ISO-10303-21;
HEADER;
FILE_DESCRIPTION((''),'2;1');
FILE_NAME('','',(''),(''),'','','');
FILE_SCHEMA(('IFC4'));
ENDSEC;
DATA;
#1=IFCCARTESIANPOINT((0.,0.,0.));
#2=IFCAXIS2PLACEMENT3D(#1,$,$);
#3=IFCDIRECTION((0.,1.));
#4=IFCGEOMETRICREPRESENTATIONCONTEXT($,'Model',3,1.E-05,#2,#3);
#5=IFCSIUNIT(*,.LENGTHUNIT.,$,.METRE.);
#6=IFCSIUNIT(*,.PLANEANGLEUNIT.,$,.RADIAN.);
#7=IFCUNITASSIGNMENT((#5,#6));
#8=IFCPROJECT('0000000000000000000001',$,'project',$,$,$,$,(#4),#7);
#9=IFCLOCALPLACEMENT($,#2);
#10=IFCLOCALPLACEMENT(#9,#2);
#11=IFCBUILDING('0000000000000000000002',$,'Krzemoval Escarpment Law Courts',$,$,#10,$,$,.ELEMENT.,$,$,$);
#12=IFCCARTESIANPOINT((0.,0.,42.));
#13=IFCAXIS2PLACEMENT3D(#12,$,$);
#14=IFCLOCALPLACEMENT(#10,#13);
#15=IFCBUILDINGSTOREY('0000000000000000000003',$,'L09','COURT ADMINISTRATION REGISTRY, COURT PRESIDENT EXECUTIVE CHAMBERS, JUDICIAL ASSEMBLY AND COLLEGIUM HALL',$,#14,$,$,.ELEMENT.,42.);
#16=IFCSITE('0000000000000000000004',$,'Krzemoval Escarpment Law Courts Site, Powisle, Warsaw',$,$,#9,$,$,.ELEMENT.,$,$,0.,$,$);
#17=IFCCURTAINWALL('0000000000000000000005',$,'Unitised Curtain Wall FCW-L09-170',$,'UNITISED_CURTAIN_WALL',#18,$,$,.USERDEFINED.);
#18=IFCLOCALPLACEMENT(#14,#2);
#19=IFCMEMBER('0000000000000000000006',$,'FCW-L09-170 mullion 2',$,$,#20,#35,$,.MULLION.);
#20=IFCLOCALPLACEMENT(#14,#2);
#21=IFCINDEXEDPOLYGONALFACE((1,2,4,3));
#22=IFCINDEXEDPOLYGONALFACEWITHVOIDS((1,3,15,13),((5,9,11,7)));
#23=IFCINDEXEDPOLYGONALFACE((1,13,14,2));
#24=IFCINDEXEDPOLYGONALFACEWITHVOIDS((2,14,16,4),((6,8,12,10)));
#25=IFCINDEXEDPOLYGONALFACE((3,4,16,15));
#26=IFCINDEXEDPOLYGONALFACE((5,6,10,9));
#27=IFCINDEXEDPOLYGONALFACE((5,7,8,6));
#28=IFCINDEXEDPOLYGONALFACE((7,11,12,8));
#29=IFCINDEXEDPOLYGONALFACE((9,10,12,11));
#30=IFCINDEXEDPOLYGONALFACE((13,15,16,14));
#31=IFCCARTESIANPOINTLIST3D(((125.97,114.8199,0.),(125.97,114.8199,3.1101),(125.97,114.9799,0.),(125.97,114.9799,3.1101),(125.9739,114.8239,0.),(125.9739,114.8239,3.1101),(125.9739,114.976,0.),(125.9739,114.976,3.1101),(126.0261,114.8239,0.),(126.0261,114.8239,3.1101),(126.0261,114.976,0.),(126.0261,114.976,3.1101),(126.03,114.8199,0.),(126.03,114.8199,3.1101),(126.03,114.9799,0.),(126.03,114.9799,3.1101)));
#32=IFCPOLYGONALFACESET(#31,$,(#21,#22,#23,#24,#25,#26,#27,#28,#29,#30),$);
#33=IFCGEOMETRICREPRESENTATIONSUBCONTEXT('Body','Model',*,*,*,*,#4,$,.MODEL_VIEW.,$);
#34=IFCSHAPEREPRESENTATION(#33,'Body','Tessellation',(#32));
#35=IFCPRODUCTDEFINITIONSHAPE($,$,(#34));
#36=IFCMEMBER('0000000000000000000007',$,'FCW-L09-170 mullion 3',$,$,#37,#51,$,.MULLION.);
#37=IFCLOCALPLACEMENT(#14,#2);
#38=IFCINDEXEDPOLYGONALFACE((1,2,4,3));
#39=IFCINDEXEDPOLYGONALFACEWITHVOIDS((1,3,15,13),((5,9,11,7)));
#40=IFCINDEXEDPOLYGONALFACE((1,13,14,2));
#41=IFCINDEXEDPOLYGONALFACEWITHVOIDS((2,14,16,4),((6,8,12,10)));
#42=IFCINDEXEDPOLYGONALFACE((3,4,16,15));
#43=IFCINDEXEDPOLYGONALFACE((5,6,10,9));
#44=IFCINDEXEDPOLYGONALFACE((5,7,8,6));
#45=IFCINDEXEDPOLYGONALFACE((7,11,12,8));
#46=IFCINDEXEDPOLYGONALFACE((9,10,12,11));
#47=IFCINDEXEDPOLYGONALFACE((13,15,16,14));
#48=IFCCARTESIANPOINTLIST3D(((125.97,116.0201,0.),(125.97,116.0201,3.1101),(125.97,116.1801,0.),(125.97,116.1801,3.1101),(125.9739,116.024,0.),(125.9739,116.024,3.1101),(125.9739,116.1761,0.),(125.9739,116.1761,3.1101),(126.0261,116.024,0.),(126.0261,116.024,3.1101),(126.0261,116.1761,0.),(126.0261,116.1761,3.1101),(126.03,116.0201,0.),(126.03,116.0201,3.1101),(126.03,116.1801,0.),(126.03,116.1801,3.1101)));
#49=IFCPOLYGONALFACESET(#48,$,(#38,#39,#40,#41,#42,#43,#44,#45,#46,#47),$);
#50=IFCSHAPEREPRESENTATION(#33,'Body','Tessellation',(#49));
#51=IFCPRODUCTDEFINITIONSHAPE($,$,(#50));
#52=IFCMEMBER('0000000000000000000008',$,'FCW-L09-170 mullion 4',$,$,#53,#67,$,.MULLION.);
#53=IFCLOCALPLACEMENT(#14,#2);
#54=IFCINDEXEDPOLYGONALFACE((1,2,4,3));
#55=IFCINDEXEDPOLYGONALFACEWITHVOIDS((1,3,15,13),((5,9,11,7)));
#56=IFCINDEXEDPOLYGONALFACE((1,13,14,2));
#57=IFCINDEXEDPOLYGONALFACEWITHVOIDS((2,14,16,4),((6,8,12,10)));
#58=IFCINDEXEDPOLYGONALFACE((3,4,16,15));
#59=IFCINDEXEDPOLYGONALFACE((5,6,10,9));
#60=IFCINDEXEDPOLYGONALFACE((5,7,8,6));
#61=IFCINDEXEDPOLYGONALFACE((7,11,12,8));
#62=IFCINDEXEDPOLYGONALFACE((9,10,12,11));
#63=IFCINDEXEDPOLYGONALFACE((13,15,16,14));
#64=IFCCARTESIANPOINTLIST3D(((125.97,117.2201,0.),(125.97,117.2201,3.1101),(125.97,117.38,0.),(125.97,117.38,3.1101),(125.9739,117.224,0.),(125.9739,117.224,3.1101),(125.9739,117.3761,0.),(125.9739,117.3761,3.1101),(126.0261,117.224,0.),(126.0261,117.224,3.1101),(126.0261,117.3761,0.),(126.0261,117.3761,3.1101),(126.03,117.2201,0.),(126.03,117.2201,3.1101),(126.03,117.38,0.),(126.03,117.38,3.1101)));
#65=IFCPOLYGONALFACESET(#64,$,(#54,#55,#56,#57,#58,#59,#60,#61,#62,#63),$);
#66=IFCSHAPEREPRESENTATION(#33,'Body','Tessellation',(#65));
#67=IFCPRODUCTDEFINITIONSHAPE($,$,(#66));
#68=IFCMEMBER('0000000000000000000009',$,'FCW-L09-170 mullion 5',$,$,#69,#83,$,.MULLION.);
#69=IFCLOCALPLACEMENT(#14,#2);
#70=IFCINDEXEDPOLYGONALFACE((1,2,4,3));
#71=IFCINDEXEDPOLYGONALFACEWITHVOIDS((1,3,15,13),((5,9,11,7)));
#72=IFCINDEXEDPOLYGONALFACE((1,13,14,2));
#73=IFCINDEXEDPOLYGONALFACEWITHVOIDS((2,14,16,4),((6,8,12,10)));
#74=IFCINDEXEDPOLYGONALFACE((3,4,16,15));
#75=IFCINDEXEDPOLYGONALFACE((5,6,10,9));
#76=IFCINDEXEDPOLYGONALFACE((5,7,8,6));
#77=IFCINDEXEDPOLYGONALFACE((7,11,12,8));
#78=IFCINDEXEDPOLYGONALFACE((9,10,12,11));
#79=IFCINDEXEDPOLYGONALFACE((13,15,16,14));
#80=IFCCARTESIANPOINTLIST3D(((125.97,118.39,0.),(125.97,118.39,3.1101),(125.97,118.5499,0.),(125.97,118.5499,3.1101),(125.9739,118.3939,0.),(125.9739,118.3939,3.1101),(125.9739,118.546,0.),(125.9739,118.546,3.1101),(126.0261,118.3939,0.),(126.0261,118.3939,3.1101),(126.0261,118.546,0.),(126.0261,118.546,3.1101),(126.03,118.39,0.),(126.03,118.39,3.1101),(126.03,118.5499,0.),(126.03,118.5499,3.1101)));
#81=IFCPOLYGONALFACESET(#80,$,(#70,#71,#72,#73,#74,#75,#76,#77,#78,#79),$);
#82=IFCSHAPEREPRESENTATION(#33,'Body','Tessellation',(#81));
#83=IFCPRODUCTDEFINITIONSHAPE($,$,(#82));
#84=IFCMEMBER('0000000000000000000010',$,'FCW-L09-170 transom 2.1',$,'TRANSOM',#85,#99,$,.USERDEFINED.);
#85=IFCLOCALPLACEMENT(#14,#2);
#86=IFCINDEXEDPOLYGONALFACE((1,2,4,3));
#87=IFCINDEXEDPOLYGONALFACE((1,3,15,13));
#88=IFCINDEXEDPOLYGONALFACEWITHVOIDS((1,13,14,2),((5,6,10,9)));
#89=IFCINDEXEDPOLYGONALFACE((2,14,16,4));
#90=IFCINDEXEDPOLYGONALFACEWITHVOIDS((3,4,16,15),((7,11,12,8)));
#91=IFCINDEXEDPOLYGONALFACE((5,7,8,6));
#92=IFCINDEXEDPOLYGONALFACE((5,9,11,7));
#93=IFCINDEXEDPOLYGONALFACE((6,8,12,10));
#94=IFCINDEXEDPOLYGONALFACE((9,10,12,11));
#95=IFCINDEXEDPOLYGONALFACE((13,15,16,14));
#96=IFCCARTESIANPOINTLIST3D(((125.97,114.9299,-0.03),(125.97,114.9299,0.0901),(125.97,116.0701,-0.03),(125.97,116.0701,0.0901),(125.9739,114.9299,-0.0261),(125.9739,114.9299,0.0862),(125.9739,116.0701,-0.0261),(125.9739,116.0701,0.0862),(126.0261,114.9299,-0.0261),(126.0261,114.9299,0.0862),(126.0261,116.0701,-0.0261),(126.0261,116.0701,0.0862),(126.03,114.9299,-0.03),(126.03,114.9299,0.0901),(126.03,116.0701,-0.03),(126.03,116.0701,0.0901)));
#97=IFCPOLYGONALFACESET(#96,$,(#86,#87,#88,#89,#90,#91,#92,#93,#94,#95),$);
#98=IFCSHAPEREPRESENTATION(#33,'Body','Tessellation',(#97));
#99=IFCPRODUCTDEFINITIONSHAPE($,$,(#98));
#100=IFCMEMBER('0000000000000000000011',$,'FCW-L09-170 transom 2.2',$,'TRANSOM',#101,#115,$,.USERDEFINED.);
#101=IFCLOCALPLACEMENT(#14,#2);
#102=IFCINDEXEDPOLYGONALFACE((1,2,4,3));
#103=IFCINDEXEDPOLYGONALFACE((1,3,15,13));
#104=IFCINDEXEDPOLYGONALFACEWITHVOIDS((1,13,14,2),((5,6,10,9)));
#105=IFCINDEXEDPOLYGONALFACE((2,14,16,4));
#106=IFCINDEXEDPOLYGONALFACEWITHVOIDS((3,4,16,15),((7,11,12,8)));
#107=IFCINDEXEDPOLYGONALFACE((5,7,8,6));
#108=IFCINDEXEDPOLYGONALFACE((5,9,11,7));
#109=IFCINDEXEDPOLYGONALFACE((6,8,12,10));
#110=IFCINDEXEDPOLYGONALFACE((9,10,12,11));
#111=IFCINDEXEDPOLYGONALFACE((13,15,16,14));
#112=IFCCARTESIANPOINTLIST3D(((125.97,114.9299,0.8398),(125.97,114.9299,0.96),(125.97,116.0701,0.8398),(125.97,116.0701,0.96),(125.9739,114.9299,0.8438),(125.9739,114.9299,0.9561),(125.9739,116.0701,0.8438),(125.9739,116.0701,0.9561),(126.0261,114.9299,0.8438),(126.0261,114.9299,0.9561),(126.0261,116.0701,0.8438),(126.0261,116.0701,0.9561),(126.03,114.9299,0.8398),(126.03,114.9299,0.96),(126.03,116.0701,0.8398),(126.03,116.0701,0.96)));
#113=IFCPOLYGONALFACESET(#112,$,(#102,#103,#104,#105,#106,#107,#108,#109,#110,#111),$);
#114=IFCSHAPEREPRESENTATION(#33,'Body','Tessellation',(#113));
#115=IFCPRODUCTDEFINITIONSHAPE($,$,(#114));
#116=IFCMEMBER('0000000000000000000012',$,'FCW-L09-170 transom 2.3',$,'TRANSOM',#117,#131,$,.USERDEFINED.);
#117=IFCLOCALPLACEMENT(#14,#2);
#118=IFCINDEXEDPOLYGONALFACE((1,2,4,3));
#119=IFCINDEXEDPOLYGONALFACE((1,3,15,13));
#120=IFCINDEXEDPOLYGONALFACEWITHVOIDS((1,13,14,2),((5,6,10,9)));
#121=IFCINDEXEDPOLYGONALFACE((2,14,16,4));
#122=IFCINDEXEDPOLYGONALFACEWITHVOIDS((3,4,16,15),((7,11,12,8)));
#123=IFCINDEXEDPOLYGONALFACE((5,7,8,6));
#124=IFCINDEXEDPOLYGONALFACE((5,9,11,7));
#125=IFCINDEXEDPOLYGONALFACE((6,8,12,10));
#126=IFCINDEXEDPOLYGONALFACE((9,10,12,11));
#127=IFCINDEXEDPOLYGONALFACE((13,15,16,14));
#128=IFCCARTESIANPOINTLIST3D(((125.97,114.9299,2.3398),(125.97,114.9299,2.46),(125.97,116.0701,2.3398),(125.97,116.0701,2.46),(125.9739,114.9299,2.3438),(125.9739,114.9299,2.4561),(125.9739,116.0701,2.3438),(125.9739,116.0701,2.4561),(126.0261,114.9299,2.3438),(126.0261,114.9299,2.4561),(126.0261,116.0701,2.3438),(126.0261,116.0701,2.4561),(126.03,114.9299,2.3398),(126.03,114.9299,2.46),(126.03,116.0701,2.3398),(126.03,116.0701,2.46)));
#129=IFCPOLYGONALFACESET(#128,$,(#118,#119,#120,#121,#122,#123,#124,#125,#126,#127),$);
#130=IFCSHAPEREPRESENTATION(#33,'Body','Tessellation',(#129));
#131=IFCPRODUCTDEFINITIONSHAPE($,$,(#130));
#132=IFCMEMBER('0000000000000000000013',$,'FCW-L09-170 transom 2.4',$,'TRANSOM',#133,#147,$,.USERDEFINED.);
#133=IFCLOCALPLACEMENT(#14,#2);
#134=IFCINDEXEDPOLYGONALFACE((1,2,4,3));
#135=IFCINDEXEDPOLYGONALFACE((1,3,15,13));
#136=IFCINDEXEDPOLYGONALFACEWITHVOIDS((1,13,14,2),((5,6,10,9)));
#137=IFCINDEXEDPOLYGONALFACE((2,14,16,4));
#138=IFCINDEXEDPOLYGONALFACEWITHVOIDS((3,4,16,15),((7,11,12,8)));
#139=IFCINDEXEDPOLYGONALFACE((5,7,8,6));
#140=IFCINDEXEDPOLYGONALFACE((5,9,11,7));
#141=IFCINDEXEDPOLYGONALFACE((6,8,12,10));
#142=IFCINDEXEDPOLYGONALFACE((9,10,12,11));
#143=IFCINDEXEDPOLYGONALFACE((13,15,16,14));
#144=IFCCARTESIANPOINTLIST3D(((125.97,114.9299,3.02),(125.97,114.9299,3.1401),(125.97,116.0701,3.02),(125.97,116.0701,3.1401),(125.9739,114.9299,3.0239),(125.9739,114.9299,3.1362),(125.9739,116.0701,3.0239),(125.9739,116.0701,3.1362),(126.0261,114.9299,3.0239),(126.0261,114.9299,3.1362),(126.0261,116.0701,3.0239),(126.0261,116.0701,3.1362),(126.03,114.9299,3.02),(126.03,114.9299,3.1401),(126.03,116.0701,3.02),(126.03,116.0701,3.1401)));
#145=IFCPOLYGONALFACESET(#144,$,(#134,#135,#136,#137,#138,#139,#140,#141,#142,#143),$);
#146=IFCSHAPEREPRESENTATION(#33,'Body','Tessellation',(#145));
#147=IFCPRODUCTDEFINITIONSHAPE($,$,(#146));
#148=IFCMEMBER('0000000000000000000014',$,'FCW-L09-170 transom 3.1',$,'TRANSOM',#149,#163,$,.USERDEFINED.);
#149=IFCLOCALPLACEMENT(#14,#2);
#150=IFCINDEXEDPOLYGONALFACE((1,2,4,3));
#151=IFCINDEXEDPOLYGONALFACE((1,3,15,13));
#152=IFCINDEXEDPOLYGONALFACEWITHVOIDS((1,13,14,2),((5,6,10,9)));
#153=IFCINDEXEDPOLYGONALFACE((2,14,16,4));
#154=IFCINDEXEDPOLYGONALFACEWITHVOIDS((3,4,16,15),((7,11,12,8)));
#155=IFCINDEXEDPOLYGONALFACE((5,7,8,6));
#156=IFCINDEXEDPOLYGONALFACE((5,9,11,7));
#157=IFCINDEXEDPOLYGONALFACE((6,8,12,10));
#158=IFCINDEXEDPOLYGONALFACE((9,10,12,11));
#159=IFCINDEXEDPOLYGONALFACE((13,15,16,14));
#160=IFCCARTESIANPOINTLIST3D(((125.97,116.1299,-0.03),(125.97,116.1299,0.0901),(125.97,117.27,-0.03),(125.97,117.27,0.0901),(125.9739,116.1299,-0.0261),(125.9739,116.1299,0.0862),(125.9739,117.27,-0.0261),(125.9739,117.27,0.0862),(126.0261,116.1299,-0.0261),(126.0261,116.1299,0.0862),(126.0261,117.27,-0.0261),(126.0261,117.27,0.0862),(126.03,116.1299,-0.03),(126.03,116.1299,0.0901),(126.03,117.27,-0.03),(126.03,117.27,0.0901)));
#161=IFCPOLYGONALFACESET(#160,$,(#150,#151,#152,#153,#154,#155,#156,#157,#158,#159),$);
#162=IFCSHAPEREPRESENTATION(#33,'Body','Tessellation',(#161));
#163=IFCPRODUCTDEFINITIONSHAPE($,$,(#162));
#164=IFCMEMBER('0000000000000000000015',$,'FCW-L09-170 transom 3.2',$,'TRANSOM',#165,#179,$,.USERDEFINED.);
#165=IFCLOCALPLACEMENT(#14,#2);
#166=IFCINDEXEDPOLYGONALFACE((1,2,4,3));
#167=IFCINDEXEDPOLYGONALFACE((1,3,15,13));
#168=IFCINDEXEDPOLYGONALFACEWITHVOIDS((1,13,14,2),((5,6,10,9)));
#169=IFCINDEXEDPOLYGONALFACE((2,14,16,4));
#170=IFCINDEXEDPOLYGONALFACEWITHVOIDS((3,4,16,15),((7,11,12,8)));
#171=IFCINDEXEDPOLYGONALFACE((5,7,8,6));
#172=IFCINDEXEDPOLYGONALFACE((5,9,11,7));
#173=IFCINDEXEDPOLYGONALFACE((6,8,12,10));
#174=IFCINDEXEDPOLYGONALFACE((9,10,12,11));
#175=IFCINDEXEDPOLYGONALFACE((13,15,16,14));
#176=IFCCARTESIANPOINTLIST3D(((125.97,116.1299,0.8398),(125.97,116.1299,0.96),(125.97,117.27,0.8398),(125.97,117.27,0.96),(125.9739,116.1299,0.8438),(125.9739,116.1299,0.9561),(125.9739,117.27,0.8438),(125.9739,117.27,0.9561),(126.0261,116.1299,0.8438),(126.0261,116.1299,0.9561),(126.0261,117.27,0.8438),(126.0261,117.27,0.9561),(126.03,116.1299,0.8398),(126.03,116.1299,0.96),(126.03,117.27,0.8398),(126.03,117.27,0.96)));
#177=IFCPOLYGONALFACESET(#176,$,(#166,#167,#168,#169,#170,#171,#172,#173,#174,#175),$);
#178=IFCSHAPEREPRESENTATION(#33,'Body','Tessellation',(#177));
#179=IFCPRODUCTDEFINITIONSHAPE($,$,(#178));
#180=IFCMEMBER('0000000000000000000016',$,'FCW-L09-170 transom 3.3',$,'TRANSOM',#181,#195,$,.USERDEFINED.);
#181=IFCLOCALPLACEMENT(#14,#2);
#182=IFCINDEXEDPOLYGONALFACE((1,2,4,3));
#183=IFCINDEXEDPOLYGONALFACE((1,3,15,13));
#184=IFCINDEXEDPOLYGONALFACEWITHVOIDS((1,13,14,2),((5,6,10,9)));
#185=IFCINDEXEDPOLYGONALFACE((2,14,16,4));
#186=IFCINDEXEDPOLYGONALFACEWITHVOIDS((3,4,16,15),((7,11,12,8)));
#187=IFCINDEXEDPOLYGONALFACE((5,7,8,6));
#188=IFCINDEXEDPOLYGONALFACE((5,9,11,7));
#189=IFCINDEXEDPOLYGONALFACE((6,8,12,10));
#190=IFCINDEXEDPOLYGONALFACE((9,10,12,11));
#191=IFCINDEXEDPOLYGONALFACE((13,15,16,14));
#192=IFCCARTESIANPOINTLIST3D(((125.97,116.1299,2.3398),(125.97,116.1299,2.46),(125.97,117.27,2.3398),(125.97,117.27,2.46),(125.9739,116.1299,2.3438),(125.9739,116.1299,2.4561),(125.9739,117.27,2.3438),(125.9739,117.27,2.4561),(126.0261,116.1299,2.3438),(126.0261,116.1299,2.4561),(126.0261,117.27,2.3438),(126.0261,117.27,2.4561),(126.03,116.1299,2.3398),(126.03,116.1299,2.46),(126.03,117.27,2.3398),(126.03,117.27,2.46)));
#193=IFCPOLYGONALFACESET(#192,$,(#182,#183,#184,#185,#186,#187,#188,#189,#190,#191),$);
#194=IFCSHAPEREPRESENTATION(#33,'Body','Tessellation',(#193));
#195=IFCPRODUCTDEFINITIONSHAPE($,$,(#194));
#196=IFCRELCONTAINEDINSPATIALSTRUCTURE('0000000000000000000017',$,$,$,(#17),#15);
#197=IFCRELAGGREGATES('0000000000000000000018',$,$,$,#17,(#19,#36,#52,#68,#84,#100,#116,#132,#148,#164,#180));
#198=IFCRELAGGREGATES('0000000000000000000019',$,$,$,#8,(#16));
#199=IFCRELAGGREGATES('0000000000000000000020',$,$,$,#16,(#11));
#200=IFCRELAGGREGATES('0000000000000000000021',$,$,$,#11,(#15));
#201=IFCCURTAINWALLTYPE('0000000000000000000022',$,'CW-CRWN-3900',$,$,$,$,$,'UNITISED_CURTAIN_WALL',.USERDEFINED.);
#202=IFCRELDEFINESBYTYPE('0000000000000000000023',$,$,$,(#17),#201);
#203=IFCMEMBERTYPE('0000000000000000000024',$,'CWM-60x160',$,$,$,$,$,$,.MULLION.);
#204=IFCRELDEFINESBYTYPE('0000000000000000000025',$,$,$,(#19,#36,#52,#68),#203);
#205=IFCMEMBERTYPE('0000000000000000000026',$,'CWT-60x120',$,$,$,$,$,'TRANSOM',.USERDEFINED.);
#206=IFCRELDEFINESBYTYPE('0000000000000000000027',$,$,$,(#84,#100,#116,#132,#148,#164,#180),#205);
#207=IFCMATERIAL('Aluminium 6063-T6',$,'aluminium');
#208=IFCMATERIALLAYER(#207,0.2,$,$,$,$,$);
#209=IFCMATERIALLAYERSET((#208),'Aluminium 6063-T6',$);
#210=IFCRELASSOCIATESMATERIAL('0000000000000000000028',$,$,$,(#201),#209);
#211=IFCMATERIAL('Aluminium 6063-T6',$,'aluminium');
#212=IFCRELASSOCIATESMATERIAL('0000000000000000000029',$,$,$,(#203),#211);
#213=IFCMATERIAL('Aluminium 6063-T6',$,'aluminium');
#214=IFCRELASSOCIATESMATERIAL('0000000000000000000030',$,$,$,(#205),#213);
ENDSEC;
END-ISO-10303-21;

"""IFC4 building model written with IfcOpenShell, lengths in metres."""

from ifc_helpers import new_model, si_unit, direction, frame, origin, origin_2d, place, context, subcontext, project, spatial, hollow_rectangle, extrude, material, layer, layer_set, material_profile, profile_set, type_object, element, aggregate, save


model = new_model("IFC4")

# Units and contexts
model_context = context("Model", 3, precision=1e-05, world=origin(), true_north=direction((0.0, 1.0)))
body_context = subcontext(model_context, "Body", "Model", "MODEL_VIEW")
ifc_project = project(units=[si_unit("LENGTHUNIT", "METRE"), si_unit("PLANEANGLEUNIT", "RADIAN")], contexts=[model_context])

# Site, building, storey
site_placement = place(None, origin())
site = spatial("IfcSite", under=ifc_project, at=site_placement, Name="Krzemoval Escarpment Law Courts Site, Powisle, Warsaw", CompositionType="ELEMENT", RefElevation=0.0)
building_placement = place(site_placement, origin())
building = spatial("IfcBuilding", under=site, at=building_placement, Name="Krzemoval Escarpment Law Courts", CompositionType="ELEMENT")
storey_placement = place(building_placement, frame((0.0, 0.0, 42.0)))
storey = spatial("IfcBuildingStorey", under=building, at=storey_placement, Name="L09", Description="COURT ADMINISTRATION REGISTRY, COURT PRESIDENT EXECUTIVE CHAMBERS, JUDICIAL ASSEMBLY AND COLLEGIUM HALL", CompositionType="ELEMENT", Elevation=42.0)

# Curtain wall, members
ifc_material_1 = material(Name="Aluminium 6063-T6", Category="aluminium")
ifc_layer_1 = layer(ifc_material_1, 0.2)
ifc_layer_set_1 = layer_set([ifc_layer_1], Name="Aluminium 6063-T6")
curtain_wall_type = type_object("IfcCurtainWallType", Name="CW-CRWN-3900", ElementType="UNITISED_CURTAIN_WALL", PredefinedType="USERDEFINED", material=ifc_layer_set_1)
curtain_wall_placement = place(storey_placement, origin())
curtain_wall = element("IfcCurtainWall", 1, at=curtain_wall_placement, inside=storey, type_object=curtain_wall_type, Name="Unitised Curtain Wall FCW-L09-170", ObjectType="UNITISED_CURTAIN_WALL", PredefinedType="USERDEFINED")
ifc_material_2 = material(Name="Aluminium 6063-T6", Category="aluminium")
ifc_material_profile_1 = material_profile(ifc_material_2, hollow_rectangle(XDim=0.0601, YDim=0.1599, WallThickness=0.0039, at=origin_2d()), Name="ALU M60x160")
ifc_profile_set_1 = profile_set([ifc_material_profile_1], Name="Aluminium 6063-T6")
member_type_1 = type_object("IfcMemberType", Name="CWM-60x160", PredefinedType="MULLION", material=ifc_profile_set_1)
member_1_placement = place(storey_placement, frame((126.0, 114.8999, 0.0), z_axis=(0.0, 0.0, 1.0), x_axis=(-1.0, 0.0, 0.0)))
member_1 = element("IfcMember", 2, at=member_1_placement, type_object=member_type_1, Name="FCW-L09-170 mullion 2", PredefinedType="MULLION", context=body_context, shape_type="SweptSolid", body=[
    extrude(hollow_rectangle(XDim=0.0601, YDim=0.1599, WallThickness=0.0039, at=origin_2d()), origin(), (0.0, 0.0, 1.0), 3.1101),
])
member_2_placement = place(storey_placement, frame((126.0, 116.1001, 0.0), z_axis=(0.0, 0.0, 1.0), x_axis=(-1.0, 0.0, 0.0)))
member_2 = element("IfcMember", 3, at=member_2_placement, type_object=member_type_1, Name="FCW-L09-170 mullion 3", PredefinedType="MULLION", context=body_context, shape_type="SweptSolid", body=[
    extrude(hollow_rectangle(XDim=0.0601, YDim=0.1599, WallThickness=0.0039, at=origin_2d()), origin(), (0.0, 0.0, 1.0), 3.1101),
])
member_3_placement = place(storey_placement, frame((126.0, 117.3, 0.0), z_axis=(0.0, 0.0, 1.0), x_axis=(-1.0, 0.0, 0.0)))
member_3 = element("IfcMember", 4, at=member_3_placement, type_object=member_type_1, Name="FCW-L09-170 mullion 4", PredefinedType="MULLION", context=body_context, shape_type="SweptSolid", body=[
    extrude(hollow_rectangle(XDim=0.0601, YDim=0.1599, WallThickness=0.0039, at=origin_2d()), origin(), (0.0, 0.0, 1.0), 3.1101),
])
member_4_placement = place(storey_placement, frame((126.0, 118.47, 0.0), z_axis=(0.0, 0.0, 1.0), x_axis=(-1.0, 0.0, 0.0)))
member_4 = element("IfcMember", 5, at=member_4_placement, type_object=member_type_1, Name="FCW-L09-170 mullion 5", PredefinedType="MULLION", context=body_context, shape_type="SweptSolid", body=[
    extrude(hollow_rectangle(XDim=0.0601, YDim=0.1599, WallThickness=0.0039, at=origin_2d()), origin(), (0.0, 0.0, 1.0), 3.1101),
])
ifc_material_3 = material(Name="Aluminium 6063-T6", Category="aluminium")
ifc_material_profile_2 = material_profile(ifc_material_3, hollow_rectangle(XDim=0.0601, YDim=0.1201, WallThickness=0.0039, at=origin_2d()), Name="ALU T60x120")
ifc_profile_set_2 = profile_set([ifc_material_profile_2], Name="Aluminium 6063-T6")
member_type_2 = type_object("IfcMemberType", Name="CWT-60x120", ElementType="TRANSOM", PredefinedType="USERDEFINED", material=ifc_profile_set_2)
member_5_placement = place(storey_placement, frame((126.0, 114.9299, 0.03), z_axis=(0.0, 1.0, 0.0), x_axis=(-1.0, 0.0, 0.0)))
member_5 = element("IfcMember", 6, at=member_5_placement, type_object=member_type_2, Name="FCW-L09-170 transom 2.1", ObjectType="TRANSOM", PredefinedType="USERDEFINED", context=body_context, shape_type="SweptSolid", body=[
    extrude(hollow_rectangle(XDim=0.0601, YDim=0.1201, WallThickness=0.0039, at=origin_2d()), origin(), (0.0, 0.0, 1.0), 1.1401),
])
member_6_placement = place(storey_placement, frame((126.0, 114.9299, 0.8999), z_axis=(0.0, 1.0, 0.0), x_axis=(-1.0, 0.0, 0.0)))
member_6 = element("IfcMember", 7, at=member_6_placement, type_object=member_type_2, Name="FCW-L09-170 transom 2.2", ObjectType="TRANSOM", PredefinedType="USERDEFINED", context=body_context, shape_type="SweptSolid", body=[
    extrude(hollow_rectangle(XDim=0.0601, YDim=0.1201, WallThickness=0.0039, at=origin_2d()), origin(), (0.0, 0.0, 1.0), 1.1401),
])
member_7_placement = place(storey_placement, frame((126.0, 114.9299, 2.3999), z_axis=(0.0, 1.0, 0.0), x_axis=(-1.0, 0.0, 0.0)))
member_7 = element("IfcMember", 8, at=member_7_placement, type_object=member_type_2, Name="FCW-L09-170 transom 2.3", ObjectType="TRANSOM", PredefinedType="USERDEFINED", context=body_context, shape_type="SweptSolid", body=[
    extrude(hollow_rectangle(XDim=0.0601, YDim=0.1201, WallThickness=0.0039, at=origin_2d()), origin(), (0.0, 0.0, 1.0), 1.1401),
])
member_8_placement = place(storey_placement, frame((126.0, 114.9299, 3.0801), z_axis=(0.0, 1.0, 0.0), x_axis=(-1.0, 0.0, 0.0)))
member_8 = element("IfcMember", 9, at=member_8_placement, type_object=member_type_2, Name="FCW-L09-170 transom 2.4", ObjectType="TRANSOM", PredefinedType="USERDEFINED", context=body_context, shape_type="SweptSolid", body=[
    extrude(hollow_rectangle(XDim=0.0601, YDim=0.1201, WallThickness=0.0039, at=origin_2d()), origin(), (0.0, 0.0, 1.0), 1.1401),
])
member_9_placement = place(storey_placement, frame((126.0, 116.1299, 0.03), z_axis=(0.0, 1.0, 0.0), x_axis=(-1.0, 0.0, 0.0)))
member_9 = element("IfcMember", 10, at=member_9_placement, type_object=member_type_2, Name="FCW-L09-170 transom 3.1", ObjectType="TRANSOM", PredefinedType="USERDEFINED", context=body_context, shape_type="SweptSolid", body=[
    extrude(hollow_rectangle(XDim=0.0601, YDim=0.1201, WallThickness=0.0039, at=origin_2d()), origin(), (0.0, 0.0, 1.0), 1.1401),
])
member_10_placement = place(storey_placement, frame((126.0, 116.1299, 0.8999), z_axis=(0.0, 1.0, 0.0), x_axis=(-1.0, 0.0, 0.0)))
member_10 = element("IfcMember", 11, at=member_10_placement, type_object=member_type_2, Name="FCW-L09-170 transom 3.2", ObjectType="TRANSOM", PredefinedType="USERDEFINED", context=body_context, shape_type="SweptSolid", body=[
    extrude(hollow_rectangle(XDim=0.0601, YDim=0.1201, WallThickness=0.0039, at=origin_2d()), origin(), (0.0, 0.0, 1.0), 1.1401),
])
member_11_placement = place(storey_placement, frame((126.0, 116.1299, 2.3999), z_axis=(0.0, 1.0, 0.0), x_axis=(-1.0, 0.0, 0.0)))
member_11 = element("IfcMember", 12, at=member_11_placement, type_object=member_type_2, Name="FCW-L09-170 transom 3.3", ObjectType="TRANSOM", PredefinedType="USERDEFINED", context=body_context, shape_type="SweptSolid", body=[
    extrude(hollow_rectangle(XDim=0.0601, YDim=0.1201, WallThickness=0.0039, at=origin_2d()), origin(), (0.0, 0.0, 1.0), 1.1401),
])
aggregate(curtain_wall, [member_1, member_2, member_3, member_4, member_5, member_6, member_7, member_8, member_9, member_10, member_11])

save(model, "model.ifc")
